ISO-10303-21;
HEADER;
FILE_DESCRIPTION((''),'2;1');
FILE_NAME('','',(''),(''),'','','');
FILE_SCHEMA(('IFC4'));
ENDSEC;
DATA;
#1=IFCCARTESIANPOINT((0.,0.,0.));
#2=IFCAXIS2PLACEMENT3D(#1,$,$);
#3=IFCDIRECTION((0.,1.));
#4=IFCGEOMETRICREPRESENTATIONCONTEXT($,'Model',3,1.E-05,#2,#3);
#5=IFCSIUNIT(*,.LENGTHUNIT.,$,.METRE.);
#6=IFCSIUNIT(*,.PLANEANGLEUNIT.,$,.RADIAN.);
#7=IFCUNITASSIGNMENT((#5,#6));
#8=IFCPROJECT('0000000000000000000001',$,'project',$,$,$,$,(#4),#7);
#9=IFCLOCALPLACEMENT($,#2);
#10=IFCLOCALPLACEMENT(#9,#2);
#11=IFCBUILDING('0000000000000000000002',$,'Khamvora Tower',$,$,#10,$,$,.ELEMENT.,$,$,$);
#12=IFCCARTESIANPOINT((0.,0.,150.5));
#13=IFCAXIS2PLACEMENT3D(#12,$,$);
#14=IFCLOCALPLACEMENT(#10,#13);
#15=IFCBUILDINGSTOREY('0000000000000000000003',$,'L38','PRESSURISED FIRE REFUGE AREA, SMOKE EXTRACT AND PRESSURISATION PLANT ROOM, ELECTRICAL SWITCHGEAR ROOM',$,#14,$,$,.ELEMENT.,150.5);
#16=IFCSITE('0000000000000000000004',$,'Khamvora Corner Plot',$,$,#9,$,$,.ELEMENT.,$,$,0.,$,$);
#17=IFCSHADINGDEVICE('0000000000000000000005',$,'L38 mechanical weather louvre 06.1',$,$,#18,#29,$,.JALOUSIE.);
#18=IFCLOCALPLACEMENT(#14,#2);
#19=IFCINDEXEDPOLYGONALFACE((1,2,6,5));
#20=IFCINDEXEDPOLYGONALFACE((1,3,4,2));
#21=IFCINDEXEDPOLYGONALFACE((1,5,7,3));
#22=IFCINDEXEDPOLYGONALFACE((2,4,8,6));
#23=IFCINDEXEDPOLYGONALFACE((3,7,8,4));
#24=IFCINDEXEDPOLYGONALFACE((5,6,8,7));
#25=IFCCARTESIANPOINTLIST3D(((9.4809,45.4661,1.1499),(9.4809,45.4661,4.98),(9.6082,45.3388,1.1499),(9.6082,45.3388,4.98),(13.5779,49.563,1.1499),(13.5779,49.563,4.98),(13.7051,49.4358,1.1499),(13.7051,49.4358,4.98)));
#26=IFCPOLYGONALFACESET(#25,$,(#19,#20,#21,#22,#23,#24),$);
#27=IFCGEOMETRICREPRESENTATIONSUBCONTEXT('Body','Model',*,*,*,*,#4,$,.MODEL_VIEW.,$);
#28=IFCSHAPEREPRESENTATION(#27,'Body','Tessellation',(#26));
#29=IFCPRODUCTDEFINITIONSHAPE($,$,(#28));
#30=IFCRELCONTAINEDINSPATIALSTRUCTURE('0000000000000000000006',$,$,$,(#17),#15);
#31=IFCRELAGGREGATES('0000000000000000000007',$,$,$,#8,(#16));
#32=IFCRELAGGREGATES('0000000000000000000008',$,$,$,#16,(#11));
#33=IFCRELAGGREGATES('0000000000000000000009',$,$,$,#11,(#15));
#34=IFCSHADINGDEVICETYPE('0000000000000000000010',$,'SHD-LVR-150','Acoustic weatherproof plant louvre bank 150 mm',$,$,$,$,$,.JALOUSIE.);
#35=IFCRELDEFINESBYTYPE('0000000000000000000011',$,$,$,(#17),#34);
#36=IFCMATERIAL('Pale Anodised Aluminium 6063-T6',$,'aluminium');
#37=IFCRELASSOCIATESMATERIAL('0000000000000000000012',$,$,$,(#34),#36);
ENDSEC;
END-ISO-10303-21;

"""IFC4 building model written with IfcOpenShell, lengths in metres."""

from ifc_helpers import new_model, si_unit, direction, frame, origin, origin_2d, place, context, subcontext, project, spatial, rectangle, extrude, material, type_object, element, save


model = new_model("IFC4")

# Units and contexts
model_context = context("Model", 3, precision=1e-05, world=origin(), true_north=direction((0.0, 1.0)))
body_context = subcontext(model_context, "Body", "Model", "MODEL_VIEW")
ifc_project = project(units=[si_unit("LENGTHUNIT", "METRE"), si_unit("PLANEANGLEUNIT", "RADIAN")], contexts=[model_context])

# Site, building, storey
site_placement = place(None, origin())
site = spatial("IfcSite", under=ifc_project, at=site_placement, Name="Khamvora Corner Plot", CompositionType="ELEMENT", RefElevation=0.0)
building_placement = place(site_placement, origin())
building = spatial("IfcBuilding", under=site, at=building_placement, Name="Khamvora Tower", CompositionType="ELEMENT")
storey_placement = place(building_placement, frame((0.0, 0.0, 150.5)))
storey = spatial("IfcBuildingStorey", under=building, at=storey_placement, Name="L38", Description="PRESSURISED FIRE REFUGE AREA, SMOKE EXTRACT AND PRESSURISATION PLANT ROOM, ELECTRICAL SWITCHGEAR ROOM", CompositionType="ELEMENT", Elevation=150.5)

# Shading device
ifc_material_1 = material(Name="Pale Anodised Aluminium 6063-T6", Category="aluminium")
shading_device_type = type_object("IfcShadingDeviceType", Name="SHD-LVR-150", Description="Acoustic weatherproof plant louvre bank 150 mm", PredefinedType="JALOUSIE", material=ifc_material_1)
shading_device_1_placement = place(storey_placement, frame((11.593, 47.4509, 1.1499), z_axis=(0.0, 0.0, 1.0), x_axis=(0.707107, 0.707107, 0.0)))
element("IfcShadingDevice", 1, at=shading_device_1_placement, inside=storey, type_object=shading_device_type, Name="L38 mechanical weather louvre 06.1", PredefinedType="JALOUSIE", context=body_context, shape_type="SweptSolid", body=[
    extrude(rectangle(XDim=5.7939, YDim=0.1799, at=origin_2d()), origin(), (0.0, 0.0, 1.0), 3.8301),
])

save(model, "model.ifc")
